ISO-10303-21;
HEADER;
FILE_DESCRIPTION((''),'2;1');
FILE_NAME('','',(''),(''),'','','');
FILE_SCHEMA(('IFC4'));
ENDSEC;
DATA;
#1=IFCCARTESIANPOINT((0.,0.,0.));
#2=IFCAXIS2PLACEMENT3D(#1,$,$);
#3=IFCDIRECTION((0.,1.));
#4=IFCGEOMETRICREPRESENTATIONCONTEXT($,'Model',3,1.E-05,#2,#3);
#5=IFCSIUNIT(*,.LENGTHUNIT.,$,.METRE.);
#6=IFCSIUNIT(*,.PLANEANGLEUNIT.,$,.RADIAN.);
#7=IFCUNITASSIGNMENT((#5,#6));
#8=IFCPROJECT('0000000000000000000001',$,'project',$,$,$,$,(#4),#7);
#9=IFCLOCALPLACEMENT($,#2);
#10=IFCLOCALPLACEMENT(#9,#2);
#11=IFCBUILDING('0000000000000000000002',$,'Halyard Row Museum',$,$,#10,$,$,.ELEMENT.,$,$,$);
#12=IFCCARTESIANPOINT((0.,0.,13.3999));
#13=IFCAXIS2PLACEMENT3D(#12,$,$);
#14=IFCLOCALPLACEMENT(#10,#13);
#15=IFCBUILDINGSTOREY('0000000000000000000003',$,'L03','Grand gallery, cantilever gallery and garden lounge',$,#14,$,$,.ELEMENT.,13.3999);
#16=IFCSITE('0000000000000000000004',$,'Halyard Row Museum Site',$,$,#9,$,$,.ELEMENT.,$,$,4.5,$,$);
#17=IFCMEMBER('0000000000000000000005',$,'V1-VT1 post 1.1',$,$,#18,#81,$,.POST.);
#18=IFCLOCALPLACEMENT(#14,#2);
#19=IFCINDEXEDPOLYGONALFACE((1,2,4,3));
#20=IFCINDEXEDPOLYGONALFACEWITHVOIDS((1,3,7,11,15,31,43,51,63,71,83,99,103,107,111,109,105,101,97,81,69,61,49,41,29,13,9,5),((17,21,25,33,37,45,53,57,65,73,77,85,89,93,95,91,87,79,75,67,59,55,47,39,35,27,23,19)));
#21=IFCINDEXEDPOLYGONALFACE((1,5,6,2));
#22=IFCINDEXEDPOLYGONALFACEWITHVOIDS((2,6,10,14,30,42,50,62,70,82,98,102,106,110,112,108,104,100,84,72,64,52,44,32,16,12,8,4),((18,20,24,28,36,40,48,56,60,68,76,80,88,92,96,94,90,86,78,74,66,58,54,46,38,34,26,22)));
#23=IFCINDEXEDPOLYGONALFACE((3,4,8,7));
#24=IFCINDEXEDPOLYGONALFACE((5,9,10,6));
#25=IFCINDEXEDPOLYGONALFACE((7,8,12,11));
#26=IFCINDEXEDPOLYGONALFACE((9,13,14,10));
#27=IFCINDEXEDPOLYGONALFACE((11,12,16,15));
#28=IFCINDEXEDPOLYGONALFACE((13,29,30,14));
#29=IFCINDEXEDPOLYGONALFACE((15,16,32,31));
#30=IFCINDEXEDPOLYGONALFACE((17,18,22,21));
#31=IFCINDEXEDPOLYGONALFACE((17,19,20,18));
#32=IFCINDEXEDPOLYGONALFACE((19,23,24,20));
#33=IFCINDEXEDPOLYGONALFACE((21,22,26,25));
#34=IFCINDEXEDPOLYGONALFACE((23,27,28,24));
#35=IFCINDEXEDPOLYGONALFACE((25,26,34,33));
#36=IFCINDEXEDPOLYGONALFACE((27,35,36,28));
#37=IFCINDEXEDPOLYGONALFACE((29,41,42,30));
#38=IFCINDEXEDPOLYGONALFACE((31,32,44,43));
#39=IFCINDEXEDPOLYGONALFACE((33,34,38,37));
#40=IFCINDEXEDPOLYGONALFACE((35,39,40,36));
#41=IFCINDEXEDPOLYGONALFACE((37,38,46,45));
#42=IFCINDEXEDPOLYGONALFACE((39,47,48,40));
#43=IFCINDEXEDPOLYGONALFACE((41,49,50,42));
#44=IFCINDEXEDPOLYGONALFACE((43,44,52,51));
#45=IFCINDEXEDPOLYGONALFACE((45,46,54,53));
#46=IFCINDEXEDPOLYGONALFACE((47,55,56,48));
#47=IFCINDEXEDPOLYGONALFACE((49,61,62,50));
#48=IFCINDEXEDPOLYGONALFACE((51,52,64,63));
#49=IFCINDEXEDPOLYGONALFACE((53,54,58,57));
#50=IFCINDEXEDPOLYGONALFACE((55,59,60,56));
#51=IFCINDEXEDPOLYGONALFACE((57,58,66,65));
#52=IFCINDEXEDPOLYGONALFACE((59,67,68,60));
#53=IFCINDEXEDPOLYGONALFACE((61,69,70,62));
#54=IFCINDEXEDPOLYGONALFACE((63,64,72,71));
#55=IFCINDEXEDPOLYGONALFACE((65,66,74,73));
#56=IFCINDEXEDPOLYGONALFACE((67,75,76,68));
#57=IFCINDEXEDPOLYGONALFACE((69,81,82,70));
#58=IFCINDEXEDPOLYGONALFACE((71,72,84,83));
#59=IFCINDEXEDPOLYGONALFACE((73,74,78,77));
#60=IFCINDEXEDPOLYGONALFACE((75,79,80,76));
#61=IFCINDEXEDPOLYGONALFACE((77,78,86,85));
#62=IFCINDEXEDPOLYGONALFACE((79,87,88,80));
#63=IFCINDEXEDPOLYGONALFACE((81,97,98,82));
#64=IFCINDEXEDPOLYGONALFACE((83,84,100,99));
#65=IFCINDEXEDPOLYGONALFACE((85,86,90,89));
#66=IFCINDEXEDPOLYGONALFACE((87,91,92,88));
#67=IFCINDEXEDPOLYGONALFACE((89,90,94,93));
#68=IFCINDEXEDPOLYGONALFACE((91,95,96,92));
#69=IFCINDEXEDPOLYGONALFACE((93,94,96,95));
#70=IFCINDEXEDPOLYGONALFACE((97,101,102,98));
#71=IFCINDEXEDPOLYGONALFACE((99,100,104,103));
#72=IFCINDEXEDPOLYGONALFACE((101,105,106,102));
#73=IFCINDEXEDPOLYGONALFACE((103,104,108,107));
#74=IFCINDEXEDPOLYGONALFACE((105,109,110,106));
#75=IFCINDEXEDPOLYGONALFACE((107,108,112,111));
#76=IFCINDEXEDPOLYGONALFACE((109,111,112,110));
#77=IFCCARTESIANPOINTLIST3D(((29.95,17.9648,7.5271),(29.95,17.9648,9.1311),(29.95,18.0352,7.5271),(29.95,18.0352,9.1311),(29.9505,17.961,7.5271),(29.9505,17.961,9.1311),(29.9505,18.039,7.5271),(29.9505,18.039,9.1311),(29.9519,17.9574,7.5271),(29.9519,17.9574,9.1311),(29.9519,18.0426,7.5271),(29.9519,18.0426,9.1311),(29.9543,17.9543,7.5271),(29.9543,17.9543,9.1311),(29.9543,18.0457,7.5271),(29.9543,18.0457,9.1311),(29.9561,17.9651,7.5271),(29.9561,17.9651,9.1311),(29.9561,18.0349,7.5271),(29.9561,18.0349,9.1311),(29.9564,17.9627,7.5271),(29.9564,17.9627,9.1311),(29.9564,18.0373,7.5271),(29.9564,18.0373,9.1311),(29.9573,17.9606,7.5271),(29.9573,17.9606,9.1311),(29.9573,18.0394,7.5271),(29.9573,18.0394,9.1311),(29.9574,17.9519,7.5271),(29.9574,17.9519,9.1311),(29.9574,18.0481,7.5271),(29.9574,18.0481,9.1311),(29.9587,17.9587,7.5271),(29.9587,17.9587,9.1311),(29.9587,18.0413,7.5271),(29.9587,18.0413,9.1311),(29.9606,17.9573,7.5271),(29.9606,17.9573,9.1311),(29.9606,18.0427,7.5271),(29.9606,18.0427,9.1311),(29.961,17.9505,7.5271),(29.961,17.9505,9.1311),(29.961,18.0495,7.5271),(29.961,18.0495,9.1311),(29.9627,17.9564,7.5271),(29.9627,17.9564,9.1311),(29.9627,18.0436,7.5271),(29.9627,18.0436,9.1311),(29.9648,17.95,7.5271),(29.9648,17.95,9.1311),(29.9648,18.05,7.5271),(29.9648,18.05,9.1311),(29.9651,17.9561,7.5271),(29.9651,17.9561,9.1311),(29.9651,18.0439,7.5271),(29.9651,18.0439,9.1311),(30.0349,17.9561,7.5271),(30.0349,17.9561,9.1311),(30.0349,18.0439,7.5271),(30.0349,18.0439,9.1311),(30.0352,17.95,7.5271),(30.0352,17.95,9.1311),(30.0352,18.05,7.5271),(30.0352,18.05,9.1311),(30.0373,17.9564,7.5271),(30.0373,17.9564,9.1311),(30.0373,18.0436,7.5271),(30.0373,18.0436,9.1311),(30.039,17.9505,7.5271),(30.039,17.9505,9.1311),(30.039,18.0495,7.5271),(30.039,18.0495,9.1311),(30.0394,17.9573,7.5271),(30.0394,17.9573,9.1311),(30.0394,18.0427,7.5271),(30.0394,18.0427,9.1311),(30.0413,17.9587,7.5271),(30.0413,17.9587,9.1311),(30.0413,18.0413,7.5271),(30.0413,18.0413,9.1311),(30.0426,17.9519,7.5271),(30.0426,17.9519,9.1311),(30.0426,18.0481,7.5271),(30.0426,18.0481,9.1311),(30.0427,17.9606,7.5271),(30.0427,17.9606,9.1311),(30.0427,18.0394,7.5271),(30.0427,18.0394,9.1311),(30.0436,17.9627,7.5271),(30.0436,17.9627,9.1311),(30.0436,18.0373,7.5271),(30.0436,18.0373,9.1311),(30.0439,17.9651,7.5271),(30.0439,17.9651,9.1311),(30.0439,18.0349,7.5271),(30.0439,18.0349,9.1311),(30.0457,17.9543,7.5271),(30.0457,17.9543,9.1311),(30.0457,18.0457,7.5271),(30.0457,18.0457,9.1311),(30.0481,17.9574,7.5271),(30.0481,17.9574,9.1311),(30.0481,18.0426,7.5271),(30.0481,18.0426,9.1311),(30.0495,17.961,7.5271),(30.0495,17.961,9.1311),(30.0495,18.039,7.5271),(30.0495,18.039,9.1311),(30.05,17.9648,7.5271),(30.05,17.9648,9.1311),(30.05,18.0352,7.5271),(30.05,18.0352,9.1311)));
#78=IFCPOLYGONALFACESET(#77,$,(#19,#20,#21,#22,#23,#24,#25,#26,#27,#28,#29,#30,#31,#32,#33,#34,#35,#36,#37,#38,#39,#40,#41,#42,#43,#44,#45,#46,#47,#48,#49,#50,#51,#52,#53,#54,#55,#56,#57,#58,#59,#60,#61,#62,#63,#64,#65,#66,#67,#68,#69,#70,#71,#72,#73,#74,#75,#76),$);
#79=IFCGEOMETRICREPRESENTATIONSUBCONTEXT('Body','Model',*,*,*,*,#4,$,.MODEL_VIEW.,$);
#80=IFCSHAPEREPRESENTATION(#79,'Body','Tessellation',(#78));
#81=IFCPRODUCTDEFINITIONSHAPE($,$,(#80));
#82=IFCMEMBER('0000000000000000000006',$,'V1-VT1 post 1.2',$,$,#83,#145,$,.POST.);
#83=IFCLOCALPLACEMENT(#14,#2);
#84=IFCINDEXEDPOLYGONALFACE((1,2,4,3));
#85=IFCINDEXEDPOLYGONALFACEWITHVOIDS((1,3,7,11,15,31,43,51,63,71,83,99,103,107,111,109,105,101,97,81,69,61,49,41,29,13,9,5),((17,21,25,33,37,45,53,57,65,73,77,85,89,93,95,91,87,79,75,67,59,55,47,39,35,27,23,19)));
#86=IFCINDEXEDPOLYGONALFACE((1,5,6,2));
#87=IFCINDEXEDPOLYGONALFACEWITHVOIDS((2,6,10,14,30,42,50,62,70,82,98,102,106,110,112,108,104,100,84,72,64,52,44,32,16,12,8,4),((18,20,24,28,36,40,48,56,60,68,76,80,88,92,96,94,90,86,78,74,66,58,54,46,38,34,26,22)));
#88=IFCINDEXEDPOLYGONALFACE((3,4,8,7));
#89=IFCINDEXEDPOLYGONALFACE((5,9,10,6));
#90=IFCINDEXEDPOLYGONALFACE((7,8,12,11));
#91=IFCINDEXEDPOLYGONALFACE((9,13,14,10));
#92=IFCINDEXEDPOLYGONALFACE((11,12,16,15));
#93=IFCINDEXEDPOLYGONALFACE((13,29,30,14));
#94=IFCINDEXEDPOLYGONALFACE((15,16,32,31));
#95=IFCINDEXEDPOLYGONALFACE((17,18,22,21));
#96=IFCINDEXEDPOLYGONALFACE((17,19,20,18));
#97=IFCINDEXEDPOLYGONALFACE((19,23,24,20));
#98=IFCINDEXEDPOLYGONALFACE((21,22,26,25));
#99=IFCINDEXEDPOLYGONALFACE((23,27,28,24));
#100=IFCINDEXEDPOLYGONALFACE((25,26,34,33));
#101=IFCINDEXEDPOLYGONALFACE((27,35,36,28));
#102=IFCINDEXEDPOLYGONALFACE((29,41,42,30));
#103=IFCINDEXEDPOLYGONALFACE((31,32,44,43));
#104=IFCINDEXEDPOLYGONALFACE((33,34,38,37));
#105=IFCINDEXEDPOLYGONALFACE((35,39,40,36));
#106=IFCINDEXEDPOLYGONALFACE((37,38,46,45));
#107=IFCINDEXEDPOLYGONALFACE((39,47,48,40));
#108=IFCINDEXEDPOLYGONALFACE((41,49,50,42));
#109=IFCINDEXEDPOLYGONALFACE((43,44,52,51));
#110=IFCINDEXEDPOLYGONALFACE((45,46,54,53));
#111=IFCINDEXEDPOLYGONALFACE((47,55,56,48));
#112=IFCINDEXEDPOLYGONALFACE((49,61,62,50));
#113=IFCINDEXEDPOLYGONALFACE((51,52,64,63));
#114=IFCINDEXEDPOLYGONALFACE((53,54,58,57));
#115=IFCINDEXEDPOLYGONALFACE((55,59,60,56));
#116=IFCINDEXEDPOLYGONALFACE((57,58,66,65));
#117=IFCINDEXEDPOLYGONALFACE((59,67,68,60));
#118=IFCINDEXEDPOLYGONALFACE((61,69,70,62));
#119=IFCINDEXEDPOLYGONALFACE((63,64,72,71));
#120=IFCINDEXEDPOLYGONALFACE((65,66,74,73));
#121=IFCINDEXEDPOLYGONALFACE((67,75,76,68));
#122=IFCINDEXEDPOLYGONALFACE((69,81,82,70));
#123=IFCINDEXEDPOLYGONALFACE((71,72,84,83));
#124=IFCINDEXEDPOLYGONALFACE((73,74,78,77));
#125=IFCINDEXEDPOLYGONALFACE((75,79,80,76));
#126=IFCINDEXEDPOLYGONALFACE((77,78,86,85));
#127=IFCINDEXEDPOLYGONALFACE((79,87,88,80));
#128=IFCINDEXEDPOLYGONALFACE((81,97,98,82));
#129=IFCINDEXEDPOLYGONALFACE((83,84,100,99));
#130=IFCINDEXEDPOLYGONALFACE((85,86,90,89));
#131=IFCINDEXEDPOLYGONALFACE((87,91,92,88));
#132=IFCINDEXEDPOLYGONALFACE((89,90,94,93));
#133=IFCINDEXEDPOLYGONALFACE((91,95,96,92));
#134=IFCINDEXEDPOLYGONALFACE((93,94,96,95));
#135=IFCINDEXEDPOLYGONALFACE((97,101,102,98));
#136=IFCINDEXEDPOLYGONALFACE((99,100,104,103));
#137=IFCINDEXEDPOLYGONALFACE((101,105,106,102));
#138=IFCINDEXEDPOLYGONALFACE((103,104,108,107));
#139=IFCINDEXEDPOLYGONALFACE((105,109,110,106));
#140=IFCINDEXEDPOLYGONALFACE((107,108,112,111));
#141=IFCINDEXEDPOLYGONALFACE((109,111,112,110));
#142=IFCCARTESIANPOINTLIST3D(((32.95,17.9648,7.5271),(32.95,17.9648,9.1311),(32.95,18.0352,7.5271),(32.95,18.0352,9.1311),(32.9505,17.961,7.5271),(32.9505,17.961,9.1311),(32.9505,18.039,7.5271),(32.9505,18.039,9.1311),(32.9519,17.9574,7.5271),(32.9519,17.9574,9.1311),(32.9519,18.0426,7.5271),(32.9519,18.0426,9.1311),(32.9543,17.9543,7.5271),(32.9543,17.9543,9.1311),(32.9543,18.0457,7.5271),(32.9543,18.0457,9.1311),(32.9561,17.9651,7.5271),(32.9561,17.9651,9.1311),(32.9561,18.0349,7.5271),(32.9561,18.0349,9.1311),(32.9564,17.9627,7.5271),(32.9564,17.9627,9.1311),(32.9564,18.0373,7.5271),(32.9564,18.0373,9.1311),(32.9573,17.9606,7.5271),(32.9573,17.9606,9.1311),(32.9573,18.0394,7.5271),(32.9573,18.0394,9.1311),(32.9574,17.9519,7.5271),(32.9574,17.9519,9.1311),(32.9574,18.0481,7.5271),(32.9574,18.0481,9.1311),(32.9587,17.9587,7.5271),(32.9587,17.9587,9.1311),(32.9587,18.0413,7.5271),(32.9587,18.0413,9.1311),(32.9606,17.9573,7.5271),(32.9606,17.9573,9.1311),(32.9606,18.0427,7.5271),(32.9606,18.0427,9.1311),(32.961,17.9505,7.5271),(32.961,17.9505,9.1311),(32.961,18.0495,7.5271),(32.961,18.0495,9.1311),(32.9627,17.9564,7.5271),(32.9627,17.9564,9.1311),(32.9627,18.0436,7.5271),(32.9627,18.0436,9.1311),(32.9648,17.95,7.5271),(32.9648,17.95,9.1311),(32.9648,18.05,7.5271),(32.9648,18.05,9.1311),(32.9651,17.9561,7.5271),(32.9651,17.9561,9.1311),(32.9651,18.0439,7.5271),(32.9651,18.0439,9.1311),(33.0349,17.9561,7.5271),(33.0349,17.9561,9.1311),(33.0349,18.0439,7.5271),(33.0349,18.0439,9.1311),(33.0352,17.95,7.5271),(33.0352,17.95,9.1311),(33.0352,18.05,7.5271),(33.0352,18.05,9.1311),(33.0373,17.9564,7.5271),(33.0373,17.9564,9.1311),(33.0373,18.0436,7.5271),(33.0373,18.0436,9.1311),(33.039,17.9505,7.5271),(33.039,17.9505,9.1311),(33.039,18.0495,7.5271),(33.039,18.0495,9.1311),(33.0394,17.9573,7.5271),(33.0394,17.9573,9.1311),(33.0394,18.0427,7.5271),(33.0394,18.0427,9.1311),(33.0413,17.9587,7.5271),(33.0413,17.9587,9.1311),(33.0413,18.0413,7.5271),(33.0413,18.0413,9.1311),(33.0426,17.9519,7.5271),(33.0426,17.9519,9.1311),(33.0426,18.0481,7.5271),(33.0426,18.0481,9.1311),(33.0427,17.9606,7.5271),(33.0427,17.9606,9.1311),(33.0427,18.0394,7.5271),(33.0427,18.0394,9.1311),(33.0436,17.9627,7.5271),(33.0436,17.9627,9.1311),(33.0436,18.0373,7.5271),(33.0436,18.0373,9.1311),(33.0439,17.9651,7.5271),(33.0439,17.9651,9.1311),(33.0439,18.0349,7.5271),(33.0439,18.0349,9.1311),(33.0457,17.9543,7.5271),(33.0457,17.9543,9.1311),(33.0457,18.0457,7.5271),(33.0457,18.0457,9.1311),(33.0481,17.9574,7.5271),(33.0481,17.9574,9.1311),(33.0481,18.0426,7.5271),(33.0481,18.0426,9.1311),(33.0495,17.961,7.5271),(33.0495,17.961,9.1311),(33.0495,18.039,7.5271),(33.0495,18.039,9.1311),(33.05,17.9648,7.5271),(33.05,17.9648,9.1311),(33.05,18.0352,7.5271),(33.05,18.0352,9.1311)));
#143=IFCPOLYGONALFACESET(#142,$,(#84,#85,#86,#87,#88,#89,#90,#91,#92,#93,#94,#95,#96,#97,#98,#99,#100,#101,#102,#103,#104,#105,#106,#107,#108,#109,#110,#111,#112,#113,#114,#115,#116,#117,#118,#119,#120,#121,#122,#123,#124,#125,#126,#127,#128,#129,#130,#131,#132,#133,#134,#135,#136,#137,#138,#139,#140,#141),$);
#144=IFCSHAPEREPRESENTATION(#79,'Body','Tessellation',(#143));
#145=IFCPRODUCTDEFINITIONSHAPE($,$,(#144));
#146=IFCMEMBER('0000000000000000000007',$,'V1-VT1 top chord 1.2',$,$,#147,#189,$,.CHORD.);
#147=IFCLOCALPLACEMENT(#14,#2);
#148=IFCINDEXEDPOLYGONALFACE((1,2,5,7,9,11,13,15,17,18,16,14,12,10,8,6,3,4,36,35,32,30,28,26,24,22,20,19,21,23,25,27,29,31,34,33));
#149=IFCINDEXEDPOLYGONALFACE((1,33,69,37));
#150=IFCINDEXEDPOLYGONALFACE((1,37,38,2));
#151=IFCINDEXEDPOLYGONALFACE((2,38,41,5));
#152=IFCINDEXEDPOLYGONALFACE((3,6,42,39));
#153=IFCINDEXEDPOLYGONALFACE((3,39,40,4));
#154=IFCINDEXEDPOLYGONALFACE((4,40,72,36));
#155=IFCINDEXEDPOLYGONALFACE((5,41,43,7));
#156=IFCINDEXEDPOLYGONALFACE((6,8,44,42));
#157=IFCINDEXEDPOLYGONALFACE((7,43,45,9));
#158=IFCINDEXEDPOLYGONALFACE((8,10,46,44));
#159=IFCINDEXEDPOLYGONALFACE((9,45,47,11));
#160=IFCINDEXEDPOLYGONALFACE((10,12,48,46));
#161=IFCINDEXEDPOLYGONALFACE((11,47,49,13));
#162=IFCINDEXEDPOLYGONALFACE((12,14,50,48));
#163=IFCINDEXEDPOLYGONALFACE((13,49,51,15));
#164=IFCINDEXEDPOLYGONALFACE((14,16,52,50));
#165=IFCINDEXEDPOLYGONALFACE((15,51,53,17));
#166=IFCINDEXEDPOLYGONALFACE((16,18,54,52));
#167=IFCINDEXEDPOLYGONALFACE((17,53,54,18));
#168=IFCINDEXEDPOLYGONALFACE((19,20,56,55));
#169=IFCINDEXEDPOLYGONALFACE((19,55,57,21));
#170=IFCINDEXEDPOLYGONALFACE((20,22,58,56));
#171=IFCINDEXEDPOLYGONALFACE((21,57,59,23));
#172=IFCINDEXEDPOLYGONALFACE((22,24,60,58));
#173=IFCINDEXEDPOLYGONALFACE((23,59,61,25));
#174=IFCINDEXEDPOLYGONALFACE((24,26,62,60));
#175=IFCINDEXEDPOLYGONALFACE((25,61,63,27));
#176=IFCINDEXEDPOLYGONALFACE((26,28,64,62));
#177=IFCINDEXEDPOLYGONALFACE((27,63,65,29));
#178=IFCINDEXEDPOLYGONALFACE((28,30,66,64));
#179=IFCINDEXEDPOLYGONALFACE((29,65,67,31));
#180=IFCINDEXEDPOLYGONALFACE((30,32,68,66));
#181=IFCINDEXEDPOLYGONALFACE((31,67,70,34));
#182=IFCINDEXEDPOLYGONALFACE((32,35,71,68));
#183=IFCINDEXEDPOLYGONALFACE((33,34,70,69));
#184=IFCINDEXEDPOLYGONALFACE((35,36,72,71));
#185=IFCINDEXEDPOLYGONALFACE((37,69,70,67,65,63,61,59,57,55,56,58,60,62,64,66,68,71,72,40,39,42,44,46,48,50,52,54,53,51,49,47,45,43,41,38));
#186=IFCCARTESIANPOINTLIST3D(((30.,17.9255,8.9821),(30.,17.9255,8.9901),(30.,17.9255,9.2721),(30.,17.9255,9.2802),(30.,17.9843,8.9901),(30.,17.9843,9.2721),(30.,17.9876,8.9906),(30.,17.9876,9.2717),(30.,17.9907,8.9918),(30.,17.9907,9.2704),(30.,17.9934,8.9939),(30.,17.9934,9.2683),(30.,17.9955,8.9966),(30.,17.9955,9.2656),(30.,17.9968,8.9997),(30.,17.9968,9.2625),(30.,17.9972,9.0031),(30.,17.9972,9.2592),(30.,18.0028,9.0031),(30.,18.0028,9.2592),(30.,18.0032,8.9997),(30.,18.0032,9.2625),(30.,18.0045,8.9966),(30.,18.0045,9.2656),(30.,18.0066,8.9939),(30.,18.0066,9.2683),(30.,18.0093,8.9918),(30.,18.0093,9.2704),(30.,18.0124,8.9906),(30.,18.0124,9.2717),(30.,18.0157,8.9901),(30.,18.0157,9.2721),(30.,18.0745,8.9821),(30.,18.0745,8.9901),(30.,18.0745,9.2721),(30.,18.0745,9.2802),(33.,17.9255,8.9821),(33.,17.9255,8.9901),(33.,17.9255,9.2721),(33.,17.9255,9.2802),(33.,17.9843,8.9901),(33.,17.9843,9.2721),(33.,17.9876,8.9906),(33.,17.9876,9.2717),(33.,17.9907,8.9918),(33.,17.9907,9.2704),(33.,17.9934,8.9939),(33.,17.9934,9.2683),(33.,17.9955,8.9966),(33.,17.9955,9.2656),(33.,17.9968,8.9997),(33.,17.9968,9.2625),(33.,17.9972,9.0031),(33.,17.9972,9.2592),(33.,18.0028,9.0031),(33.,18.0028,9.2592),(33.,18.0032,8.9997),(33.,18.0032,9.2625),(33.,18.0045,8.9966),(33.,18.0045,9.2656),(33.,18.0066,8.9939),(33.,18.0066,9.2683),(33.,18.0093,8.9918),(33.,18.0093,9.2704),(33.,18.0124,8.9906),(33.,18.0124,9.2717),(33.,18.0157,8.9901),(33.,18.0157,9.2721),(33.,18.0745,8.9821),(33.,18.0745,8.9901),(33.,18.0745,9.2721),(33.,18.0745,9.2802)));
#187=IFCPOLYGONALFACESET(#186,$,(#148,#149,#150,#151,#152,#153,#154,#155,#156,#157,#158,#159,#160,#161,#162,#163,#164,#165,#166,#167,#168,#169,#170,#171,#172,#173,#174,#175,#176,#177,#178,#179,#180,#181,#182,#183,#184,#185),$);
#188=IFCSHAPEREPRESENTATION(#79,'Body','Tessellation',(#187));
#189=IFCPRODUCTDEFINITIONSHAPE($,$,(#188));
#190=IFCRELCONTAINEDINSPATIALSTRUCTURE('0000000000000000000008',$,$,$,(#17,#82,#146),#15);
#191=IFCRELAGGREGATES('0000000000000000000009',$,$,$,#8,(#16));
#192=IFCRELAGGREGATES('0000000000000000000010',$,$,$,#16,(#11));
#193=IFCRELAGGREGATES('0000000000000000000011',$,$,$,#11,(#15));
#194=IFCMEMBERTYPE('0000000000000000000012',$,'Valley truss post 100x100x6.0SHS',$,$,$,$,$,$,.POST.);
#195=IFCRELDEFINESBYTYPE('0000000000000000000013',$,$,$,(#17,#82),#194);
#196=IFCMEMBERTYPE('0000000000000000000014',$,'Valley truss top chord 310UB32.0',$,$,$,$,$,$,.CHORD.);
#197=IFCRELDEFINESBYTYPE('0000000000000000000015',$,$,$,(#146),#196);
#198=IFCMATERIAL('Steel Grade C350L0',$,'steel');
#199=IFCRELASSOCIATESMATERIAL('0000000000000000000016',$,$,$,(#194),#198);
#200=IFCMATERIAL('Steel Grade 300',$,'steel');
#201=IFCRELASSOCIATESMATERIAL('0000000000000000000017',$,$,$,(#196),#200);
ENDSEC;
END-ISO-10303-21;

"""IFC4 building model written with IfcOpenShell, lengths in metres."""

from ifc_helpers import new_model, si_unit, direction, frame, origin, origin_2d, place, context, subcontext, project, spatial, hollow_rectangle, i_section, extrude, material, material_profile, profile_set, type_object, element, save


model = new_model("IFC4")

# Units and contexts
model_context = context("Model", 3, precision=1e-05, world=origin(), true_north=direction((0.0, 1.0)))
body_context = subcontext(model_context, "Body", "Model", "MODEL_VIEW")
ifc_project = project(units=[si_unit("LENGTHUNIT", "METRE"), si_unit("PLANEANGLEUNIT", "RADIAN")], contexts=[model_context])

# Site, building, storey
site_placement = place(None, origin())
site = spatial("IfcSite", under=ifc_project, at=site_placement, Name="Halyard Row Museum Site", CompositionType="ELEMENT", RefElevation=4.5)
building_placement = place(site_placement, origin())
building = spatial("IfcBuilding", under=site, at=building_placement, Name="Halyard Row Museum", CompositionType="ELEMENT")
storey_placement = place(building_placement, frame((0.0, 0.0, 13.3999)))
storey = spatial("IfcBuildingStorey", under=building, at=storey_placement, Name="L03", Description="Grand gallery, cantilever gallery and garden lounge", CompositionType="ELEMENT", Elevation=13.3999)

# Members
ifc_material_1 = material(Name="Steel Grade C350L0", Category="steel")
ifc_material_profile_1 = material_profile(ifc_material_1, hollow_rectangle(XDim=0.1001, YDim=0.1001, WallThickness=0.0061, InnerFilletRadius=0.009, OuterFilletRadius=0.0149, at=origin_2d()), Name="100x100x6.0SHS")
ifc_profile_set_1 = profile_set([ifc_material_profile_1], Name="Steel Grade C350L0")
member_type_1 = type_object("IfcMemberType", Name="Valley truss post 100x100x6.0SHS", PredefinedType="POST", material=ifc_profile_set_1)
for number, where, z_axis, x_axis, name in (
    (1, (30.0, 18.0, 7.5271), (0.0, 0.0, 1.0), (1.0, 0.0, 0.0), "V1-VT1 post 1.1"),
    (2, (33.0, 18.0, 7.5271), (0.0, 0.0, 1.0), (1.0, 0.0, 0.0), "V1-VT1 post 1.2"),
):
    element("IfcMember", number, at=place(storey_placement, frame(where, z_axis=z_axis, x_axis=x_axis)), inside=storey, type_object=member_type_1, Name=name, PredefinedType="POST", context=body_context, shape_type="SweptSolid", body=[
        extrude(hollow_rectangle(XDim=0.1001, YDim=0.1001, WallThickness=0.0061, InnerFilletRadius=0.009, OuterFilletRadius=0.0149, at=origin_2d()), origin(), (0.0, 0.0, 1.0), 1.604),
    ])
ifc_material_2 = material(Name="Steel Grade 300", Category="steel")
ifc_material_profile_2 = material_profile(ifc_material_2, i_section(OverallWidth=0.1489, OverallDepth=0.2981, WebThickness=0.0056, FlangeThickness=0.0081, FilletRadius=0.0129, at=origin_2d()), Name="310UB32.0")
ifc_profile_set_2 = profile_set([ifc_material_profile_2], Name="Steel Grade 300")
member_type_2 = type_object("IfcMemberType", Name="Valley truss top chord 310UB32.0", PredefinedType="CHORD", material=ifc_profile_set_2)
for number, where, z_axis, x_axis, name in (
    (3, (30.0, 18.0, 9.1311), (1.0, 0.0, 0.0), (0.0, 1.0, 0.0), "V1-VT1 top chord 1.2"),
):
    element("IfcMember", number, at=place(storey_placement, frame(where, z_axis=z_axis, x_axis=x_axis)), inside=storey, type_object=member_type_2, Name=name, PredefinedType="CHORD", context=body_context, shape_type="SweptSolid", body=[
        extrude(i_section(OverallWidth=0.1489, OverallDepth=0.2981, WebThickness=0.0056, FlangeThickness=0.0081, FilletRadius=0.0129, at=origin_2d()), origin(), (0.0, 0.0, 1.0), 3.0),
    ])

save(model, "model.ifc")
